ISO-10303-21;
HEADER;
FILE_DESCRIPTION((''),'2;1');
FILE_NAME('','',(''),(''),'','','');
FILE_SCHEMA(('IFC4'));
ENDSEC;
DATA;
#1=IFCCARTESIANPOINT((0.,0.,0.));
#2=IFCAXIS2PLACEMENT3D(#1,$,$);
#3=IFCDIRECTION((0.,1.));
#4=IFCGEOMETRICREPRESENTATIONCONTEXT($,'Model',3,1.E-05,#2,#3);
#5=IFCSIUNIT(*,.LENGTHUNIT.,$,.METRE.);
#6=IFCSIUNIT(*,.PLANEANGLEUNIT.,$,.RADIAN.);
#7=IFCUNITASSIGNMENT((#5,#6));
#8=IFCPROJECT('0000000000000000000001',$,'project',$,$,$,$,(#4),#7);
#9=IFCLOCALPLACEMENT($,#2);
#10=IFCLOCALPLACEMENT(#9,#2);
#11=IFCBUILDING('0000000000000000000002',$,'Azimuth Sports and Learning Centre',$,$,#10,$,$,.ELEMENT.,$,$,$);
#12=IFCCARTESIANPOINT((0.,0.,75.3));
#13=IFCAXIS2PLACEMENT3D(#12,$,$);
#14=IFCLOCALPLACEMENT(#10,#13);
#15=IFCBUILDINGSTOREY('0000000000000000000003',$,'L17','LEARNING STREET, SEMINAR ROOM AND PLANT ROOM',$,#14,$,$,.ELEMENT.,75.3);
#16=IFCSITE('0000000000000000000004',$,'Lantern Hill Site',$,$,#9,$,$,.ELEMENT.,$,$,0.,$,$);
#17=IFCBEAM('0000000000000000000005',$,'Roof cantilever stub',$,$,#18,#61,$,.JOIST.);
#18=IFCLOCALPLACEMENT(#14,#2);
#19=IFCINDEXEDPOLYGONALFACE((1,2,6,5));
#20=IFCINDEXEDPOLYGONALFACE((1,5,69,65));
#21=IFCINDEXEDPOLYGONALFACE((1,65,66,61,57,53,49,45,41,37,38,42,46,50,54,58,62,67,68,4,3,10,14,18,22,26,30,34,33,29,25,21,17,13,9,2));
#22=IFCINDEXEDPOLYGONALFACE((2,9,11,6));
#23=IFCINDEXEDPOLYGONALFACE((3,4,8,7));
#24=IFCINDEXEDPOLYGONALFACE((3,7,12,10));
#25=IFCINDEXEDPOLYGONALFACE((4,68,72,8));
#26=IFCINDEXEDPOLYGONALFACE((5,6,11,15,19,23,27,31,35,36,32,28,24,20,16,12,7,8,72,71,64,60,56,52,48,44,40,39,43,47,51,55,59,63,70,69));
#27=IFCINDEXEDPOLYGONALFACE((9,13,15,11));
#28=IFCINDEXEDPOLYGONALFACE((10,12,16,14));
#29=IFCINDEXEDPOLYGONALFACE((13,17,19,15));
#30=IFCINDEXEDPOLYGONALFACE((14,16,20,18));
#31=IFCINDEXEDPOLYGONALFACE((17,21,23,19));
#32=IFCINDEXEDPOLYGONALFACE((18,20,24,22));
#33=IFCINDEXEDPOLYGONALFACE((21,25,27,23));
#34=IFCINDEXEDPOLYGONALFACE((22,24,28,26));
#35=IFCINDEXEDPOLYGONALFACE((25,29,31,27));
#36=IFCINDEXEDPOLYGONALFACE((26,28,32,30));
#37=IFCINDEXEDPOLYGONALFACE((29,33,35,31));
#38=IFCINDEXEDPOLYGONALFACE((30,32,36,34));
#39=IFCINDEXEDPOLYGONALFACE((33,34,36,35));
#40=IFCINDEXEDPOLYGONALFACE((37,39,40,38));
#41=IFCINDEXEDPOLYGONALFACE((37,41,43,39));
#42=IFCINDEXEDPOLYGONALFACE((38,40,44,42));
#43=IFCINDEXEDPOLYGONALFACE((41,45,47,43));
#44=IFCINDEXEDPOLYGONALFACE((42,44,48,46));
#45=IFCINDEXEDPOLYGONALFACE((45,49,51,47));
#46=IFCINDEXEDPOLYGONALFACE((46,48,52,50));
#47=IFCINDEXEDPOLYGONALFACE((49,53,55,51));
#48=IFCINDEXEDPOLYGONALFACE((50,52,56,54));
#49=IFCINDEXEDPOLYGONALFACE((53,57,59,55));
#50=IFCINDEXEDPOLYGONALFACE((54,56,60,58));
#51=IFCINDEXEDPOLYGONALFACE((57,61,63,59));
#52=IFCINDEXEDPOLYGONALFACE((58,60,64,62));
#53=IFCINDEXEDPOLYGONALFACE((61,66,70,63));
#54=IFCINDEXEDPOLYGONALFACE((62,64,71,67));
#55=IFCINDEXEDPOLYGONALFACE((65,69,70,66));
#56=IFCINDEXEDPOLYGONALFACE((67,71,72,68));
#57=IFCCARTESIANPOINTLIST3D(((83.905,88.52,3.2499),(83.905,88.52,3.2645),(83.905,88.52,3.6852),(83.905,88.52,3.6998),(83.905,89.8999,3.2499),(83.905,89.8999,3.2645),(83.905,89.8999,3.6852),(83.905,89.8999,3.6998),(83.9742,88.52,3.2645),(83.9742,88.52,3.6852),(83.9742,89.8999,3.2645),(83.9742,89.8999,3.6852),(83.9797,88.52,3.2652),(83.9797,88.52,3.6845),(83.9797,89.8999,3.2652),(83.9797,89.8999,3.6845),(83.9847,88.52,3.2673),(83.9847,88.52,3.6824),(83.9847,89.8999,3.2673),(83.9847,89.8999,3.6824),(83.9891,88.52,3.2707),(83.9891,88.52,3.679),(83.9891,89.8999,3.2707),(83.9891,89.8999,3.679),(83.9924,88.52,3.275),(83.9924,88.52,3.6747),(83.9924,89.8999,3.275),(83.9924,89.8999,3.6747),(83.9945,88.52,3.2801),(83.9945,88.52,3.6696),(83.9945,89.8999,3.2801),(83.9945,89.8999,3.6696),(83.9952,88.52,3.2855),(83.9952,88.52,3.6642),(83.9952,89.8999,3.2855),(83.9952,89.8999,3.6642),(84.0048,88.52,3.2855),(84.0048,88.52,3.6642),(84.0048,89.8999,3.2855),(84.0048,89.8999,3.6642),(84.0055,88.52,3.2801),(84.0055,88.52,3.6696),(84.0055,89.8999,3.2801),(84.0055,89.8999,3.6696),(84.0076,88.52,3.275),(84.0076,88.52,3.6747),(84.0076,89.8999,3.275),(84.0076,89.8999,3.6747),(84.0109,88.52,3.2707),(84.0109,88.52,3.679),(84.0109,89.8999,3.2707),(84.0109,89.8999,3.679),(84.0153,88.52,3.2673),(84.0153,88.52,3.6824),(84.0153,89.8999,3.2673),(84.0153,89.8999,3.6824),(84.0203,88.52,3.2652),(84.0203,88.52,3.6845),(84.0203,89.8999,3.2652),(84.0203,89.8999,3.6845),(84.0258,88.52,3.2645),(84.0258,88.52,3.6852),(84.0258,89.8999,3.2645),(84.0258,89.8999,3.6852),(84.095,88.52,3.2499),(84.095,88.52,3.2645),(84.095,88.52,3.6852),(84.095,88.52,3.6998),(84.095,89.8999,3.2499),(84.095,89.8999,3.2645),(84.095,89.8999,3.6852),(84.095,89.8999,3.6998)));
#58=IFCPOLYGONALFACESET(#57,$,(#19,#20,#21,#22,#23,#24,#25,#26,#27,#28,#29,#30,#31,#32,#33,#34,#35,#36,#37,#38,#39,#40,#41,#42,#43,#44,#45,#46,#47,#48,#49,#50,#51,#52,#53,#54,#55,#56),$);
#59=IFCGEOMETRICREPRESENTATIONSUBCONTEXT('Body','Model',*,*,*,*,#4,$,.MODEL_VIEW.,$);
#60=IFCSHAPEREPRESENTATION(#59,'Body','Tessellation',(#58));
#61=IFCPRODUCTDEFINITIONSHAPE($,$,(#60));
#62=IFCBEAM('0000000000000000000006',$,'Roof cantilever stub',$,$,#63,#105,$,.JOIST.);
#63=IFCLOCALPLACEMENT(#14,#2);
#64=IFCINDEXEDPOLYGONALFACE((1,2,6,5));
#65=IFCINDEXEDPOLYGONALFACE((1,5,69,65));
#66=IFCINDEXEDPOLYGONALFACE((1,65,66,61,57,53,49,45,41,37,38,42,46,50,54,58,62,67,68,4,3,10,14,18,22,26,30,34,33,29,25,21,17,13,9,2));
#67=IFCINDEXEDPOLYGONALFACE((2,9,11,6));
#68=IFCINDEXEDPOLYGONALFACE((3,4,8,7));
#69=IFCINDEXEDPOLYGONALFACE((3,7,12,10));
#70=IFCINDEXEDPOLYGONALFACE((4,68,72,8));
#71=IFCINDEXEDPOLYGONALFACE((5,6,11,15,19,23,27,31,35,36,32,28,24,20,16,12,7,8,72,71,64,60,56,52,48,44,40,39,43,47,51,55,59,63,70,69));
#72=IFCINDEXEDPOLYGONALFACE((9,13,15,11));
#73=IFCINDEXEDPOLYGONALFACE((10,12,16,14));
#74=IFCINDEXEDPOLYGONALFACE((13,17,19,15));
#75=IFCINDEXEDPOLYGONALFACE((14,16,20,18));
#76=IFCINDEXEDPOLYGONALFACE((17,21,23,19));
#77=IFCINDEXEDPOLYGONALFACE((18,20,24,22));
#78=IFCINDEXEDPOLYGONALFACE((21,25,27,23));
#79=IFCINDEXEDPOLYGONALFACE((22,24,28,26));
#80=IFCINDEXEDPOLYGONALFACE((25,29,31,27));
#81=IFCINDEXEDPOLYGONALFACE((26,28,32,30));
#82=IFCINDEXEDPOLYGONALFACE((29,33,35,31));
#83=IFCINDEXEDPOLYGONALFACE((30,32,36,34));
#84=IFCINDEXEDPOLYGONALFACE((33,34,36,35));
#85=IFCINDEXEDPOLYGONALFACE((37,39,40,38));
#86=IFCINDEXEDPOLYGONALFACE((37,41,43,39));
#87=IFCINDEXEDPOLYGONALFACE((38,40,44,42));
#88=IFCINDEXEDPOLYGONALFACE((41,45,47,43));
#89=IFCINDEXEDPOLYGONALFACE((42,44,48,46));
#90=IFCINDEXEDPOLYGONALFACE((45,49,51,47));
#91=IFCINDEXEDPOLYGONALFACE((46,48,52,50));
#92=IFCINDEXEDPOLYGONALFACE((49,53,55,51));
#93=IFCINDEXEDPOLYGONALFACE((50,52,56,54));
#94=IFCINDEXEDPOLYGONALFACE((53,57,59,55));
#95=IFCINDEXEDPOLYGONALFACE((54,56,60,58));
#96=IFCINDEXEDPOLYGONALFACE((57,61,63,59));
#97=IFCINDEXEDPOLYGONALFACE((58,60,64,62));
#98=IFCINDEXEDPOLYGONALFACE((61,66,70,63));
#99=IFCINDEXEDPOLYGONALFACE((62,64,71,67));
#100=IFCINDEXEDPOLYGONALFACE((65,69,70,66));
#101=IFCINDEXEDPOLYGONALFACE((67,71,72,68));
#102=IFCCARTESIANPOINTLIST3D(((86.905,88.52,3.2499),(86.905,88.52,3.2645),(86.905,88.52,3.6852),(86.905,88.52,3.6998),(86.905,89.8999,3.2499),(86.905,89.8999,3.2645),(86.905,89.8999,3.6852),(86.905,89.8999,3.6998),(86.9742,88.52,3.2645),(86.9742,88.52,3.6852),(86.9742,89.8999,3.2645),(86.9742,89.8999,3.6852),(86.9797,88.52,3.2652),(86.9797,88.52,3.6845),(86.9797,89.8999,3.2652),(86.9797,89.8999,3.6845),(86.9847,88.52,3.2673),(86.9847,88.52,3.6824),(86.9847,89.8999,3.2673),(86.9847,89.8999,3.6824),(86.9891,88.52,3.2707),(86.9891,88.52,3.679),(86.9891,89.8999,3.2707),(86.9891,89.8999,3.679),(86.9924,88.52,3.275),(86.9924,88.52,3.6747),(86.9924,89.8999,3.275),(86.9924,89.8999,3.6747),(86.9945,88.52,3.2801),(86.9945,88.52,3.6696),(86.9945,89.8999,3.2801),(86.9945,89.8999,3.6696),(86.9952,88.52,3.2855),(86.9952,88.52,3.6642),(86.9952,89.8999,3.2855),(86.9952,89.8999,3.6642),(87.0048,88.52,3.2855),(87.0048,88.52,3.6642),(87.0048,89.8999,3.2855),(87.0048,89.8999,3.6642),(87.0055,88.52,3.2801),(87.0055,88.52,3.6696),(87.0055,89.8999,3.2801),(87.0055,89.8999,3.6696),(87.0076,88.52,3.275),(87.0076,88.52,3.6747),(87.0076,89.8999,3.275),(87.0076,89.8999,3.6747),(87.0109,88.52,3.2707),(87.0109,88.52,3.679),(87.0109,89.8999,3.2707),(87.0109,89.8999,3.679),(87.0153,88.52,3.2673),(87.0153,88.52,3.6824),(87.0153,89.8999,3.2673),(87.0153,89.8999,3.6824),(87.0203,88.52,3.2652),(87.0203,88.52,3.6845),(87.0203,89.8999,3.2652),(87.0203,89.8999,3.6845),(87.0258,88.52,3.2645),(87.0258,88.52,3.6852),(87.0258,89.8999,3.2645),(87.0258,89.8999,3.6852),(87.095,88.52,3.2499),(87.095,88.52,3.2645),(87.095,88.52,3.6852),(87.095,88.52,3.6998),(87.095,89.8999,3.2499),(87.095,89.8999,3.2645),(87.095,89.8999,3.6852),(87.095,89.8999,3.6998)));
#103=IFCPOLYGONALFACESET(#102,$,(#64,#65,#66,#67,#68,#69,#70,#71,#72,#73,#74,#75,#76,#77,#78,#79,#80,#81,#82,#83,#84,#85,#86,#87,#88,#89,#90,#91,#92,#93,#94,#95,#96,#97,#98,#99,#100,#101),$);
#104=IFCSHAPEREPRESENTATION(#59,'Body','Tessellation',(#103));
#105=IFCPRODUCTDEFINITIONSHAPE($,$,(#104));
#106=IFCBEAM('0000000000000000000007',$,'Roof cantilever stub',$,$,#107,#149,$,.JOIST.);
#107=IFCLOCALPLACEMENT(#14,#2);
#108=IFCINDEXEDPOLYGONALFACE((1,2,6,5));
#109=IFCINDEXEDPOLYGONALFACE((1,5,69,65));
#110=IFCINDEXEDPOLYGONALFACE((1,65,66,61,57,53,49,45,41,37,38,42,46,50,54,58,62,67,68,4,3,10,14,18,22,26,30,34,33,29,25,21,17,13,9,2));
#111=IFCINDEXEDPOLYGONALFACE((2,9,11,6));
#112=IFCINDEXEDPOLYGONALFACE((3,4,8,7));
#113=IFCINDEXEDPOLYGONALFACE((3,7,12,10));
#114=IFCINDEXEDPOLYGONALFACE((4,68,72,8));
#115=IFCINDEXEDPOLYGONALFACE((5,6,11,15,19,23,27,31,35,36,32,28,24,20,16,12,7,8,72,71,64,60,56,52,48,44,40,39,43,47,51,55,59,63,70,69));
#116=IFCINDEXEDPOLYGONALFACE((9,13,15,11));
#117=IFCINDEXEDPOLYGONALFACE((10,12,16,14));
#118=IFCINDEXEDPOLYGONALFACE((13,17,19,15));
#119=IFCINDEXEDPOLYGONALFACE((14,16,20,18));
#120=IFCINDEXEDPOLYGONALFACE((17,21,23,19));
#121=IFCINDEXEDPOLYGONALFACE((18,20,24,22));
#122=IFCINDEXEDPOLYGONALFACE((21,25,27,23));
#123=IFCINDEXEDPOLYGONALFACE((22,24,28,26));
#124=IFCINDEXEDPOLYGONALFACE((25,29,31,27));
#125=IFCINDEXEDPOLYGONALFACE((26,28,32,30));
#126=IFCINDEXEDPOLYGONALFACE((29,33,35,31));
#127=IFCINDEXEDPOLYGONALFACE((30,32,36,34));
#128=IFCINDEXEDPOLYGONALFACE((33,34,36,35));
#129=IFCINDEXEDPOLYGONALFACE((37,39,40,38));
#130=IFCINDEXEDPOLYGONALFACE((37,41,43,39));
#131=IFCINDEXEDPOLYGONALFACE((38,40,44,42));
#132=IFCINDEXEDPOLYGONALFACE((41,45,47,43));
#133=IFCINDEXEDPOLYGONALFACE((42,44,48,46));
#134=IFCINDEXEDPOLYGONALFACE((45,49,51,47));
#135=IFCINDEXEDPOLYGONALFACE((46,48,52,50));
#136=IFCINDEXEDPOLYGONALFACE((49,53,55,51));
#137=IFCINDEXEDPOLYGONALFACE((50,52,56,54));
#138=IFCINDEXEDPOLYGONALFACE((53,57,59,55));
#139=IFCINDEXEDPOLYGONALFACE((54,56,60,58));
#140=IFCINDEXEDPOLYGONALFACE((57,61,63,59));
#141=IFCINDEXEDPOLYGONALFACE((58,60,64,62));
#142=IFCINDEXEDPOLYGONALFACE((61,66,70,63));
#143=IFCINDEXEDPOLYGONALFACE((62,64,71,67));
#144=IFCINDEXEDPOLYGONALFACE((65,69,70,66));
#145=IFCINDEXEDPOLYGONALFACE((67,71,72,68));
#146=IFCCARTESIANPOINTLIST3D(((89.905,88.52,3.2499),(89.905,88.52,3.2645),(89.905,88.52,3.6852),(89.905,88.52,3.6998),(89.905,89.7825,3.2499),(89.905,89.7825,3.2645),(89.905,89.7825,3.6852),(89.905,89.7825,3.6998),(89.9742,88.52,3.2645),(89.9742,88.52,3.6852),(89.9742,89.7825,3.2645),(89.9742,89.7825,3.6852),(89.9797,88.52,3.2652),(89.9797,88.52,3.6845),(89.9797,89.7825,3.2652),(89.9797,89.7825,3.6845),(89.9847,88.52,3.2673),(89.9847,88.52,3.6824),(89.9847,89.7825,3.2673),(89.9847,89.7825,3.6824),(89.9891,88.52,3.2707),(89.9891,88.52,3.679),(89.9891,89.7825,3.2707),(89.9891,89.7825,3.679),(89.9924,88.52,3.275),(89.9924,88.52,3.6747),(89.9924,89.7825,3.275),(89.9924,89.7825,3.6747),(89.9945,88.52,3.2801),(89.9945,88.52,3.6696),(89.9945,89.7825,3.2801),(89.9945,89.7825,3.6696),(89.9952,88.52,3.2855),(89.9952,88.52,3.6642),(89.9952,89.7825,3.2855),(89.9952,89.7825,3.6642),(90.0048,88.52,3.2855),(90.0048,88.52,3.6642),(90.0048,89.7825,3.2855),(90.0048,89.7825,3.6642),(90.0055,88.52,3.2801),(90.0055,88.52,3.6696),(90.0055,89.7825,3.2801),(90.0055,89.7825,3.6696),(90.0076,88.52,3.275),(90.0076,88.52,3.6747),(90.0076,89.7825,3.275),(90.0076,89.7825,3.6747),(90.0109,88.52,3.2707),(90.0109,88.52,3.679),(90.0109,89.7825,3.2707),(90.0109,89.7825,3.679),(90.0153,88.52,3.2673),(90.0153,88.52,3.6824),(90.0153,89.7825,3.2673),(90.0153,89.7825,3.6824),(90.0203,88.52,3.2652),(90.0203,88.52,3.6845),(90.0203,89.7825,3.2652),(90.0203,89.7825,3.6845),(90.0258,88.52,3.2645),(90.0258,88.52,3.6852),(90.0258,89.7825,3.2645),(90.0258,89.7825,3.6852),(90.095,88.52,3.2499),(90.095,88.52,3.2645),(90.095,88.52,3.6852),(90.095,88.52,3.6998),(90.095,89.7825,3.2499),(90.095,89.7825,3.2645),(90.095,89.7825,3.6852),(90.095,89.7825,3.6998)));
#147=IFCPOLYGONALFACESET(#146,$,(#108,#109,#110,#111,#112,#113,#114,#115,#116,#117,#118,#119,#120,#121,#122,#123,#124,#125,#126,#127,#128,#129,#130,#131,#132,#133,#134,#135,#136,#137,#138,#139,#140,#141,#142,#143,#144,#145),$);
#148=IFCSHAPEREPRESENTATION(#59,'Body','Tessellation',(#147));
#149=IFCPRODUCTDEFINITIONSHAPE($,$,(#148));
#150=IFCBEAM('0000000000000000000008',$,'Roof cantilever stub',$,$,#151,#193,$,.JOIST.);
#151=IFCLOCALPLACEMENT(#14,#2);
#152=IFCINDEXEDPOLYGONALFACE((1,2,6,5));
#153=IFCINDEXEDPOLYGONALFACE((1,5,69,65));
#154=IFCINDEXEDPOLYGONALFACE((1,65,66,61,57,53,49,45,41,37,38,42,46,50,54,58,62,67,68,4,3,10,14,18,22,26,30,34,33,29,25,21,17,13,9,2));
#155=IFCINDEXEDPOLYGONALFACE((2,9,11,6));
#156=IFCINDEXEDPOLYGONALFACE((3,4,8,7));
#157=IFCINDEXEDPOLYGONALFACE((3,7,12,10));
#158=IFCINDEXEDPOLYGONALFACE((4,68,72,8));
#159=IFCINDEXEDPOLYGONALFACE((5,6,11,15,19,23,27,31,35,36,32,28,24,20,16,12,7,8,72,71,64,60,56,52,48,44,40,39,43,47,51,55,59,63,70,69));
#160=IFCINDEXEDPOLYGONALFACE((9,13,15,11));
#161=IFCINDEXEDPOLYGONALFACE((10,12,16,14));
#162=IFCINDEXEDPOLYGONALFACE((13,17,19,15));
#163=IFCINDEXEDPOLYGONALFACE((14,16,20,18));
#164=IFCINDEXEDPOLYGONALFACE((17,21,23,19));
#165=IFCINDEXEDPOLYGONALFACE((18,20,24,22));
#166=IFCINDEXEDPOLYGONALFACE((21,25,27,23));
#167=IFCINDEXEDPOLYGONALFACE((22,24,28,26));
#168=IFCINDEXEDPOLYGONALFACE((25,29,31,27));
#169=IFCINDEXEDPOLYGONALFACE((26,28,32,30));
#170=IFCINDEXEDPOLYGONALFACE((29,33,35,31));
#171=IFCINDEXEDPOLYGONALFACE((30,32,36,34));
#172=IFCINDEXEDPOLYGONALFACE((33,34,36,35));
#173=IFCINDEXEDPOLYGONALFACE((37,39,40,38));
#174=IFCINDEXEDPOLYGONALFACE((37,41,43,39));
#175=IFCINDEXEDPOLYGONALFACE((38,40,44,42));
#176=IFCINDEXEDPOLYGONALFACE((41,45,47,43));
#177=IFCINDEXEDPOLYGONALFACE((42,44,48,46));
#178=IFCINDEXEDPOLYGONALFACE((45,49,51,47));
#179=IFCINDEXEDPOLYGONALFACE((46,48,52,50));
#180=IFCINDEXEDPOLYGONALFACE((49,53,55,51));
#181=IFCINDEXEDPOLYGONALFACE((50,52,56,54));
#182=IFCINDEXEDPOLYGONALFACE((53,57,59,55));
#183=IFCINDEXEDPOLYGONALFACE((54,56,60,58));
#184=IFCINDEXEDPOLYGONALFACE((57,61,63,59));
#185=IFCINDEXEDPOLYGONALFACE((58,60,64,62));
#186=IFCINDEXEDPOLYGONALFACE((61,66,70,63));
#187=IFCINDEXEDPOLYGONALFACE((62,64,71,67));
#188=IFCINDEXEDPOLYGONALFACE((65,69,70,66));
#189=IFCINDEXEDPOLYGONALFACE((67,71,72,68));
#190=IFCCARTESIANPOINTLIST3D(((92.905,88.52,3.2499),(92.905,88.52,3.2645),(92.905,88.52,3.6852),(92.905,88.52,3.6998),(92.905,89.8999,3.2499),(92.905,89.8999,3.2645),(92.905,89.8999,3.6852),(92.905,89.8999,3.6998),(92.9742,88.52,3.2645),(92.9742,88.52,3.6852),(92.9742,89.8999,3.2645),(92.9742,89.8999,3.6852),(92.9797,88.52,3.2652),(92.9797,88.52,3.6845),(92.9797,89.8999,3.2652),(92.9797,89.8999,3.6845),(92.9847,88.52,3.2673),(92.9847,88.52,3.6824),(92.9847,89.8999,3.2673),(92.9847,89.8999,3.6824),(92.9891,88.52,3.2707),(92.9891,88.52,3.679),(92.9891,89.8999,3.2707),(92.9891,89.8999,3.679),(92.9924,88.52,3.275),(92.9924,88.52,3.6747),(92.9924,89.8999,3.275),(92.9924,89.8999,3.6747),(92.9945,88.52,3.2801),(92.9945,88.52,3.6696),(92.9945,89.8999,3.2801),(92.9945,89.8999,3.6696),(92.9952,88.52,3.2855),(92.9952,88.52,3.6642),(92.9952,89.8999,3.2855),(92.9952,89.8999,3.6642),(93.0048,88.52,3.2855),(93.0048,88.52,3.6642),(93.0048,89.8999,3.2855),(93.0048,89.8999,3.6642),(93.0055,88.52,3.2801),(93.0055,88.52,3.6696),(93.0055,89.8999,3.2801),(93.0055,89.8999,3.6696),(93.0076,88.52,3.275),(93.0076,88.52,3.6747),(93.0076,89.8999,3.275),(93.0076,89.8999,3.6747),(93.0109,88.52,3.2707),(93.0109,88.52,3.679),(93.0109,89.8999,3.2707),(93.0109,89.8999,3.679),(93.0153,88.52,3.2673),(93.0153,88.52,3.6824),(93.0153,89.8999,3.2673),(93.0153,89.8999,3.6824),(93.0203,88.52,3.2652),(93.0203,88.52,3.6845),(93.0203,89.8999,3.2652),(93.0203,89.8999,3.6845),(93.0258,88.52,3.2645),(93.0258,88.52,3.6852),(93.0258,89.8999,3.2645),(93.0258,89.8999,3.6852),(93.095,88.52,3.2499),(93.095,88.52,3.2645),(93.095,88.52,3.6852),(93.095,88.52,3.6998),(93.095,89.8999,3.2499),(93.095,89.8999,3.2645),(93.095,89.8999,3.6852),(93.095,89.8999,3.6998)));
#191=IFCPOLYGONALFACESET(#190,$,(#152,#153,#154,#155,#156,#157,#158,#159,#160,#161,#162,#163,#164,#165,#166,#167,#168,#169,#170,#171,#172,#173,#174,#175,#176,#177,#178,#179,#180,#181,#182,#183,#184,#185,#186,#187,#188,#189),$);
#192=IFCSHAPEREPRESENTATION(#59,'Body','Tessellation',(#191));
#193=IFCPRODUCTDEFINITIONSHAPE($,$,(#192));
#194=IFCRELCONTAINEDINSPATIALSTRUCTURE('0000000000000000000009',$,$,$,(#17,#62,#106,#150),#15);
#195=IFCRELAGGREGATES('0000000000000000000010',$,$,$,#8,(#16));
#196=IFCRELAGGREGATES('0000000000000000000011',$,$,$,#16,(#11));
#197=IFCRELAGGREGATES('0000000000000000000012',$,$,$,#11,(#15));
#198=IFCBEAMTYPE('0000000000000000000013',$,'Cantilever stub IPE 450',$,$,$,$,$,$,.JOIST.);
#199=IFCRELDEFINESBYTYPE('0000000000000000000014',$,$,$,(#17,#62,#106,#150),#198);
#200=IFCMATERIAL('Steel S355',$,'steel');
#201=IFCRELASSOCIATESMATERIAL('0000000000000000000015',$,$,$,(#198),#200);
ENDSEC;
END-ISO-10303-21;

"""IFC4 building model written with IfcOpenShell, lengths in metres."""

from ifc_helpers import new_model, si_unit, direction, frame, origin, origin_2d, place, context, subcontext, project, spatial, i_section, extrude, material, material_profile, profile_set, type_object, element, save


model = new_model("IFC4")

# Units and contexts
model_context = context("Model", 3, precision=1e-05, world=origin(), true_north=direction((0.0, 1.0)))
body_context = subcontext(model_context, "Body", "Model", "MODEL_VIEW")
ifc_project = project(units=[si_unit("LENGTHUNIT", "METRE"), si_unit("PLANEANGLEUNIT", "RADIAN")], contexts=[model_context])

# Site, building, storey
site_placement = place(None, origin())
site = spatial("IfcSite", under=ifc_project, at=site_placement, Name="Lantern Hill Site", CompositionType="ELEMENT", RefElevation=0.0)
building_placement = place(site_placement, origin())
building = spatial("IfcBuilding", under=site, at=building_placement, Name="Azimuth Sports and Learning Centre", CompositionType="ELEMENT")
storey_placement = place(building_placement, frame((0.0, 0.0, 75.3)))
storey = spatial("IfcBuildingStorey", under=building, at=storey_placement, Name="L17", Description="LEARNING STREET, SEMINAR ROOM AND PLANT ROOM", CompositionType="ELEMENT", Elevation=75.3)

# Beams
ifc_material_1 = material(Name="Steel S355", Category="steel")
ifc_material_profile_1 = material_profile(ifc_material_1, i_section(OverallWidth=0.1899, OverallDepth=0.45, WebThickness=0.0095, FlangeThickness=0.0146, FilletRadius=0.021, at=origin_2d()), Name="IPE 450")
ifc_profile_set_1 = profile_set([ifc_material_profile_1], Name="Steel S355")
beam_type_1 = type_object("IfcBeamType", Name="Cantilever stub IPE 450", PredefinedType="JOIST", material=ifc_profile_set_1)
for number, where, z_axis, x_axis, name in (
    (1, (84.0, 89.8999, 3.4749), (0.0, -1.0, 0.0), (1.0, 0.0, 0.0), "Roof cantilever stub"),
    (2, (87.0, 89.8999, 3.4749), (0.0, -1.0, 0.0), (1.0, 0.0, 0.0), "Roof cantilever stub"),
):
    element("IfcBeam", number, at=place(storey_placement, frame(where, z_axis=z_axis, x_axis=x_axis)), inside=storey, type_object=beam_type_1, Name=name, PredefinedType="JOIST", context=body_context, shape_type="SweptSolid", body=[
        extrude(i_section(OverallWidth=0.1899, OverallDepth=0.45, WebThickness=0.0095, FlangeThickness=0.0146, FilletRadius=0.021, at=origin_2d()), origin(), (0.0, 0.0, 1.0), 1.3799),
    ])
beam_1_placement = place(storey_placement, frame((90.0, 89.7825, 3.4749), z_axis=(0.0, -1.0, 0.0), x_axis=(1.0, 0.0, 0.0)))
element("IfcBeam", 3, at=beam_1_placement, inside=storey, type_object=beam_type_1, Name="Roof cantilever stub", PredefinedType="JOIST", context=body_context, shape_type="SweptSolid", body=[
    extrude(i_section(OverallWidth=0.1899, OverallDepth=0.45, WebThickness=0.0095, FlangeThickness=0.0146, FilletRadius=0.021, at=origin_2d()), origin(), (0.0, 0.0, 1.0), 1.2625),
])
beam_2_placement = place(storey_placement, frame((93.0, 89.8999, 3.4749), z_axis=(0.0, -1.0, 0.0), x_axis=(1.0, 0.0, 0.0)))
element("IfcBeam", 4, at=beam_2_placement, inside=storey, type_object=beam_type_1, Name="Roof cantilever stub", PredefinedType="JOIST", context=body_context, shape_type="SweptSolid", body=[
    extrude(i_section(OverallWidth=0.1899, OverallDepth=0.45, WebThickness=0.0095, FlangeThickness=0.0146, FilletRadius=0.021, at=origin_2d()), origin(), (0.0, 0.0, 1.0), 1.3799),
])

save(model, "model.ifc")
